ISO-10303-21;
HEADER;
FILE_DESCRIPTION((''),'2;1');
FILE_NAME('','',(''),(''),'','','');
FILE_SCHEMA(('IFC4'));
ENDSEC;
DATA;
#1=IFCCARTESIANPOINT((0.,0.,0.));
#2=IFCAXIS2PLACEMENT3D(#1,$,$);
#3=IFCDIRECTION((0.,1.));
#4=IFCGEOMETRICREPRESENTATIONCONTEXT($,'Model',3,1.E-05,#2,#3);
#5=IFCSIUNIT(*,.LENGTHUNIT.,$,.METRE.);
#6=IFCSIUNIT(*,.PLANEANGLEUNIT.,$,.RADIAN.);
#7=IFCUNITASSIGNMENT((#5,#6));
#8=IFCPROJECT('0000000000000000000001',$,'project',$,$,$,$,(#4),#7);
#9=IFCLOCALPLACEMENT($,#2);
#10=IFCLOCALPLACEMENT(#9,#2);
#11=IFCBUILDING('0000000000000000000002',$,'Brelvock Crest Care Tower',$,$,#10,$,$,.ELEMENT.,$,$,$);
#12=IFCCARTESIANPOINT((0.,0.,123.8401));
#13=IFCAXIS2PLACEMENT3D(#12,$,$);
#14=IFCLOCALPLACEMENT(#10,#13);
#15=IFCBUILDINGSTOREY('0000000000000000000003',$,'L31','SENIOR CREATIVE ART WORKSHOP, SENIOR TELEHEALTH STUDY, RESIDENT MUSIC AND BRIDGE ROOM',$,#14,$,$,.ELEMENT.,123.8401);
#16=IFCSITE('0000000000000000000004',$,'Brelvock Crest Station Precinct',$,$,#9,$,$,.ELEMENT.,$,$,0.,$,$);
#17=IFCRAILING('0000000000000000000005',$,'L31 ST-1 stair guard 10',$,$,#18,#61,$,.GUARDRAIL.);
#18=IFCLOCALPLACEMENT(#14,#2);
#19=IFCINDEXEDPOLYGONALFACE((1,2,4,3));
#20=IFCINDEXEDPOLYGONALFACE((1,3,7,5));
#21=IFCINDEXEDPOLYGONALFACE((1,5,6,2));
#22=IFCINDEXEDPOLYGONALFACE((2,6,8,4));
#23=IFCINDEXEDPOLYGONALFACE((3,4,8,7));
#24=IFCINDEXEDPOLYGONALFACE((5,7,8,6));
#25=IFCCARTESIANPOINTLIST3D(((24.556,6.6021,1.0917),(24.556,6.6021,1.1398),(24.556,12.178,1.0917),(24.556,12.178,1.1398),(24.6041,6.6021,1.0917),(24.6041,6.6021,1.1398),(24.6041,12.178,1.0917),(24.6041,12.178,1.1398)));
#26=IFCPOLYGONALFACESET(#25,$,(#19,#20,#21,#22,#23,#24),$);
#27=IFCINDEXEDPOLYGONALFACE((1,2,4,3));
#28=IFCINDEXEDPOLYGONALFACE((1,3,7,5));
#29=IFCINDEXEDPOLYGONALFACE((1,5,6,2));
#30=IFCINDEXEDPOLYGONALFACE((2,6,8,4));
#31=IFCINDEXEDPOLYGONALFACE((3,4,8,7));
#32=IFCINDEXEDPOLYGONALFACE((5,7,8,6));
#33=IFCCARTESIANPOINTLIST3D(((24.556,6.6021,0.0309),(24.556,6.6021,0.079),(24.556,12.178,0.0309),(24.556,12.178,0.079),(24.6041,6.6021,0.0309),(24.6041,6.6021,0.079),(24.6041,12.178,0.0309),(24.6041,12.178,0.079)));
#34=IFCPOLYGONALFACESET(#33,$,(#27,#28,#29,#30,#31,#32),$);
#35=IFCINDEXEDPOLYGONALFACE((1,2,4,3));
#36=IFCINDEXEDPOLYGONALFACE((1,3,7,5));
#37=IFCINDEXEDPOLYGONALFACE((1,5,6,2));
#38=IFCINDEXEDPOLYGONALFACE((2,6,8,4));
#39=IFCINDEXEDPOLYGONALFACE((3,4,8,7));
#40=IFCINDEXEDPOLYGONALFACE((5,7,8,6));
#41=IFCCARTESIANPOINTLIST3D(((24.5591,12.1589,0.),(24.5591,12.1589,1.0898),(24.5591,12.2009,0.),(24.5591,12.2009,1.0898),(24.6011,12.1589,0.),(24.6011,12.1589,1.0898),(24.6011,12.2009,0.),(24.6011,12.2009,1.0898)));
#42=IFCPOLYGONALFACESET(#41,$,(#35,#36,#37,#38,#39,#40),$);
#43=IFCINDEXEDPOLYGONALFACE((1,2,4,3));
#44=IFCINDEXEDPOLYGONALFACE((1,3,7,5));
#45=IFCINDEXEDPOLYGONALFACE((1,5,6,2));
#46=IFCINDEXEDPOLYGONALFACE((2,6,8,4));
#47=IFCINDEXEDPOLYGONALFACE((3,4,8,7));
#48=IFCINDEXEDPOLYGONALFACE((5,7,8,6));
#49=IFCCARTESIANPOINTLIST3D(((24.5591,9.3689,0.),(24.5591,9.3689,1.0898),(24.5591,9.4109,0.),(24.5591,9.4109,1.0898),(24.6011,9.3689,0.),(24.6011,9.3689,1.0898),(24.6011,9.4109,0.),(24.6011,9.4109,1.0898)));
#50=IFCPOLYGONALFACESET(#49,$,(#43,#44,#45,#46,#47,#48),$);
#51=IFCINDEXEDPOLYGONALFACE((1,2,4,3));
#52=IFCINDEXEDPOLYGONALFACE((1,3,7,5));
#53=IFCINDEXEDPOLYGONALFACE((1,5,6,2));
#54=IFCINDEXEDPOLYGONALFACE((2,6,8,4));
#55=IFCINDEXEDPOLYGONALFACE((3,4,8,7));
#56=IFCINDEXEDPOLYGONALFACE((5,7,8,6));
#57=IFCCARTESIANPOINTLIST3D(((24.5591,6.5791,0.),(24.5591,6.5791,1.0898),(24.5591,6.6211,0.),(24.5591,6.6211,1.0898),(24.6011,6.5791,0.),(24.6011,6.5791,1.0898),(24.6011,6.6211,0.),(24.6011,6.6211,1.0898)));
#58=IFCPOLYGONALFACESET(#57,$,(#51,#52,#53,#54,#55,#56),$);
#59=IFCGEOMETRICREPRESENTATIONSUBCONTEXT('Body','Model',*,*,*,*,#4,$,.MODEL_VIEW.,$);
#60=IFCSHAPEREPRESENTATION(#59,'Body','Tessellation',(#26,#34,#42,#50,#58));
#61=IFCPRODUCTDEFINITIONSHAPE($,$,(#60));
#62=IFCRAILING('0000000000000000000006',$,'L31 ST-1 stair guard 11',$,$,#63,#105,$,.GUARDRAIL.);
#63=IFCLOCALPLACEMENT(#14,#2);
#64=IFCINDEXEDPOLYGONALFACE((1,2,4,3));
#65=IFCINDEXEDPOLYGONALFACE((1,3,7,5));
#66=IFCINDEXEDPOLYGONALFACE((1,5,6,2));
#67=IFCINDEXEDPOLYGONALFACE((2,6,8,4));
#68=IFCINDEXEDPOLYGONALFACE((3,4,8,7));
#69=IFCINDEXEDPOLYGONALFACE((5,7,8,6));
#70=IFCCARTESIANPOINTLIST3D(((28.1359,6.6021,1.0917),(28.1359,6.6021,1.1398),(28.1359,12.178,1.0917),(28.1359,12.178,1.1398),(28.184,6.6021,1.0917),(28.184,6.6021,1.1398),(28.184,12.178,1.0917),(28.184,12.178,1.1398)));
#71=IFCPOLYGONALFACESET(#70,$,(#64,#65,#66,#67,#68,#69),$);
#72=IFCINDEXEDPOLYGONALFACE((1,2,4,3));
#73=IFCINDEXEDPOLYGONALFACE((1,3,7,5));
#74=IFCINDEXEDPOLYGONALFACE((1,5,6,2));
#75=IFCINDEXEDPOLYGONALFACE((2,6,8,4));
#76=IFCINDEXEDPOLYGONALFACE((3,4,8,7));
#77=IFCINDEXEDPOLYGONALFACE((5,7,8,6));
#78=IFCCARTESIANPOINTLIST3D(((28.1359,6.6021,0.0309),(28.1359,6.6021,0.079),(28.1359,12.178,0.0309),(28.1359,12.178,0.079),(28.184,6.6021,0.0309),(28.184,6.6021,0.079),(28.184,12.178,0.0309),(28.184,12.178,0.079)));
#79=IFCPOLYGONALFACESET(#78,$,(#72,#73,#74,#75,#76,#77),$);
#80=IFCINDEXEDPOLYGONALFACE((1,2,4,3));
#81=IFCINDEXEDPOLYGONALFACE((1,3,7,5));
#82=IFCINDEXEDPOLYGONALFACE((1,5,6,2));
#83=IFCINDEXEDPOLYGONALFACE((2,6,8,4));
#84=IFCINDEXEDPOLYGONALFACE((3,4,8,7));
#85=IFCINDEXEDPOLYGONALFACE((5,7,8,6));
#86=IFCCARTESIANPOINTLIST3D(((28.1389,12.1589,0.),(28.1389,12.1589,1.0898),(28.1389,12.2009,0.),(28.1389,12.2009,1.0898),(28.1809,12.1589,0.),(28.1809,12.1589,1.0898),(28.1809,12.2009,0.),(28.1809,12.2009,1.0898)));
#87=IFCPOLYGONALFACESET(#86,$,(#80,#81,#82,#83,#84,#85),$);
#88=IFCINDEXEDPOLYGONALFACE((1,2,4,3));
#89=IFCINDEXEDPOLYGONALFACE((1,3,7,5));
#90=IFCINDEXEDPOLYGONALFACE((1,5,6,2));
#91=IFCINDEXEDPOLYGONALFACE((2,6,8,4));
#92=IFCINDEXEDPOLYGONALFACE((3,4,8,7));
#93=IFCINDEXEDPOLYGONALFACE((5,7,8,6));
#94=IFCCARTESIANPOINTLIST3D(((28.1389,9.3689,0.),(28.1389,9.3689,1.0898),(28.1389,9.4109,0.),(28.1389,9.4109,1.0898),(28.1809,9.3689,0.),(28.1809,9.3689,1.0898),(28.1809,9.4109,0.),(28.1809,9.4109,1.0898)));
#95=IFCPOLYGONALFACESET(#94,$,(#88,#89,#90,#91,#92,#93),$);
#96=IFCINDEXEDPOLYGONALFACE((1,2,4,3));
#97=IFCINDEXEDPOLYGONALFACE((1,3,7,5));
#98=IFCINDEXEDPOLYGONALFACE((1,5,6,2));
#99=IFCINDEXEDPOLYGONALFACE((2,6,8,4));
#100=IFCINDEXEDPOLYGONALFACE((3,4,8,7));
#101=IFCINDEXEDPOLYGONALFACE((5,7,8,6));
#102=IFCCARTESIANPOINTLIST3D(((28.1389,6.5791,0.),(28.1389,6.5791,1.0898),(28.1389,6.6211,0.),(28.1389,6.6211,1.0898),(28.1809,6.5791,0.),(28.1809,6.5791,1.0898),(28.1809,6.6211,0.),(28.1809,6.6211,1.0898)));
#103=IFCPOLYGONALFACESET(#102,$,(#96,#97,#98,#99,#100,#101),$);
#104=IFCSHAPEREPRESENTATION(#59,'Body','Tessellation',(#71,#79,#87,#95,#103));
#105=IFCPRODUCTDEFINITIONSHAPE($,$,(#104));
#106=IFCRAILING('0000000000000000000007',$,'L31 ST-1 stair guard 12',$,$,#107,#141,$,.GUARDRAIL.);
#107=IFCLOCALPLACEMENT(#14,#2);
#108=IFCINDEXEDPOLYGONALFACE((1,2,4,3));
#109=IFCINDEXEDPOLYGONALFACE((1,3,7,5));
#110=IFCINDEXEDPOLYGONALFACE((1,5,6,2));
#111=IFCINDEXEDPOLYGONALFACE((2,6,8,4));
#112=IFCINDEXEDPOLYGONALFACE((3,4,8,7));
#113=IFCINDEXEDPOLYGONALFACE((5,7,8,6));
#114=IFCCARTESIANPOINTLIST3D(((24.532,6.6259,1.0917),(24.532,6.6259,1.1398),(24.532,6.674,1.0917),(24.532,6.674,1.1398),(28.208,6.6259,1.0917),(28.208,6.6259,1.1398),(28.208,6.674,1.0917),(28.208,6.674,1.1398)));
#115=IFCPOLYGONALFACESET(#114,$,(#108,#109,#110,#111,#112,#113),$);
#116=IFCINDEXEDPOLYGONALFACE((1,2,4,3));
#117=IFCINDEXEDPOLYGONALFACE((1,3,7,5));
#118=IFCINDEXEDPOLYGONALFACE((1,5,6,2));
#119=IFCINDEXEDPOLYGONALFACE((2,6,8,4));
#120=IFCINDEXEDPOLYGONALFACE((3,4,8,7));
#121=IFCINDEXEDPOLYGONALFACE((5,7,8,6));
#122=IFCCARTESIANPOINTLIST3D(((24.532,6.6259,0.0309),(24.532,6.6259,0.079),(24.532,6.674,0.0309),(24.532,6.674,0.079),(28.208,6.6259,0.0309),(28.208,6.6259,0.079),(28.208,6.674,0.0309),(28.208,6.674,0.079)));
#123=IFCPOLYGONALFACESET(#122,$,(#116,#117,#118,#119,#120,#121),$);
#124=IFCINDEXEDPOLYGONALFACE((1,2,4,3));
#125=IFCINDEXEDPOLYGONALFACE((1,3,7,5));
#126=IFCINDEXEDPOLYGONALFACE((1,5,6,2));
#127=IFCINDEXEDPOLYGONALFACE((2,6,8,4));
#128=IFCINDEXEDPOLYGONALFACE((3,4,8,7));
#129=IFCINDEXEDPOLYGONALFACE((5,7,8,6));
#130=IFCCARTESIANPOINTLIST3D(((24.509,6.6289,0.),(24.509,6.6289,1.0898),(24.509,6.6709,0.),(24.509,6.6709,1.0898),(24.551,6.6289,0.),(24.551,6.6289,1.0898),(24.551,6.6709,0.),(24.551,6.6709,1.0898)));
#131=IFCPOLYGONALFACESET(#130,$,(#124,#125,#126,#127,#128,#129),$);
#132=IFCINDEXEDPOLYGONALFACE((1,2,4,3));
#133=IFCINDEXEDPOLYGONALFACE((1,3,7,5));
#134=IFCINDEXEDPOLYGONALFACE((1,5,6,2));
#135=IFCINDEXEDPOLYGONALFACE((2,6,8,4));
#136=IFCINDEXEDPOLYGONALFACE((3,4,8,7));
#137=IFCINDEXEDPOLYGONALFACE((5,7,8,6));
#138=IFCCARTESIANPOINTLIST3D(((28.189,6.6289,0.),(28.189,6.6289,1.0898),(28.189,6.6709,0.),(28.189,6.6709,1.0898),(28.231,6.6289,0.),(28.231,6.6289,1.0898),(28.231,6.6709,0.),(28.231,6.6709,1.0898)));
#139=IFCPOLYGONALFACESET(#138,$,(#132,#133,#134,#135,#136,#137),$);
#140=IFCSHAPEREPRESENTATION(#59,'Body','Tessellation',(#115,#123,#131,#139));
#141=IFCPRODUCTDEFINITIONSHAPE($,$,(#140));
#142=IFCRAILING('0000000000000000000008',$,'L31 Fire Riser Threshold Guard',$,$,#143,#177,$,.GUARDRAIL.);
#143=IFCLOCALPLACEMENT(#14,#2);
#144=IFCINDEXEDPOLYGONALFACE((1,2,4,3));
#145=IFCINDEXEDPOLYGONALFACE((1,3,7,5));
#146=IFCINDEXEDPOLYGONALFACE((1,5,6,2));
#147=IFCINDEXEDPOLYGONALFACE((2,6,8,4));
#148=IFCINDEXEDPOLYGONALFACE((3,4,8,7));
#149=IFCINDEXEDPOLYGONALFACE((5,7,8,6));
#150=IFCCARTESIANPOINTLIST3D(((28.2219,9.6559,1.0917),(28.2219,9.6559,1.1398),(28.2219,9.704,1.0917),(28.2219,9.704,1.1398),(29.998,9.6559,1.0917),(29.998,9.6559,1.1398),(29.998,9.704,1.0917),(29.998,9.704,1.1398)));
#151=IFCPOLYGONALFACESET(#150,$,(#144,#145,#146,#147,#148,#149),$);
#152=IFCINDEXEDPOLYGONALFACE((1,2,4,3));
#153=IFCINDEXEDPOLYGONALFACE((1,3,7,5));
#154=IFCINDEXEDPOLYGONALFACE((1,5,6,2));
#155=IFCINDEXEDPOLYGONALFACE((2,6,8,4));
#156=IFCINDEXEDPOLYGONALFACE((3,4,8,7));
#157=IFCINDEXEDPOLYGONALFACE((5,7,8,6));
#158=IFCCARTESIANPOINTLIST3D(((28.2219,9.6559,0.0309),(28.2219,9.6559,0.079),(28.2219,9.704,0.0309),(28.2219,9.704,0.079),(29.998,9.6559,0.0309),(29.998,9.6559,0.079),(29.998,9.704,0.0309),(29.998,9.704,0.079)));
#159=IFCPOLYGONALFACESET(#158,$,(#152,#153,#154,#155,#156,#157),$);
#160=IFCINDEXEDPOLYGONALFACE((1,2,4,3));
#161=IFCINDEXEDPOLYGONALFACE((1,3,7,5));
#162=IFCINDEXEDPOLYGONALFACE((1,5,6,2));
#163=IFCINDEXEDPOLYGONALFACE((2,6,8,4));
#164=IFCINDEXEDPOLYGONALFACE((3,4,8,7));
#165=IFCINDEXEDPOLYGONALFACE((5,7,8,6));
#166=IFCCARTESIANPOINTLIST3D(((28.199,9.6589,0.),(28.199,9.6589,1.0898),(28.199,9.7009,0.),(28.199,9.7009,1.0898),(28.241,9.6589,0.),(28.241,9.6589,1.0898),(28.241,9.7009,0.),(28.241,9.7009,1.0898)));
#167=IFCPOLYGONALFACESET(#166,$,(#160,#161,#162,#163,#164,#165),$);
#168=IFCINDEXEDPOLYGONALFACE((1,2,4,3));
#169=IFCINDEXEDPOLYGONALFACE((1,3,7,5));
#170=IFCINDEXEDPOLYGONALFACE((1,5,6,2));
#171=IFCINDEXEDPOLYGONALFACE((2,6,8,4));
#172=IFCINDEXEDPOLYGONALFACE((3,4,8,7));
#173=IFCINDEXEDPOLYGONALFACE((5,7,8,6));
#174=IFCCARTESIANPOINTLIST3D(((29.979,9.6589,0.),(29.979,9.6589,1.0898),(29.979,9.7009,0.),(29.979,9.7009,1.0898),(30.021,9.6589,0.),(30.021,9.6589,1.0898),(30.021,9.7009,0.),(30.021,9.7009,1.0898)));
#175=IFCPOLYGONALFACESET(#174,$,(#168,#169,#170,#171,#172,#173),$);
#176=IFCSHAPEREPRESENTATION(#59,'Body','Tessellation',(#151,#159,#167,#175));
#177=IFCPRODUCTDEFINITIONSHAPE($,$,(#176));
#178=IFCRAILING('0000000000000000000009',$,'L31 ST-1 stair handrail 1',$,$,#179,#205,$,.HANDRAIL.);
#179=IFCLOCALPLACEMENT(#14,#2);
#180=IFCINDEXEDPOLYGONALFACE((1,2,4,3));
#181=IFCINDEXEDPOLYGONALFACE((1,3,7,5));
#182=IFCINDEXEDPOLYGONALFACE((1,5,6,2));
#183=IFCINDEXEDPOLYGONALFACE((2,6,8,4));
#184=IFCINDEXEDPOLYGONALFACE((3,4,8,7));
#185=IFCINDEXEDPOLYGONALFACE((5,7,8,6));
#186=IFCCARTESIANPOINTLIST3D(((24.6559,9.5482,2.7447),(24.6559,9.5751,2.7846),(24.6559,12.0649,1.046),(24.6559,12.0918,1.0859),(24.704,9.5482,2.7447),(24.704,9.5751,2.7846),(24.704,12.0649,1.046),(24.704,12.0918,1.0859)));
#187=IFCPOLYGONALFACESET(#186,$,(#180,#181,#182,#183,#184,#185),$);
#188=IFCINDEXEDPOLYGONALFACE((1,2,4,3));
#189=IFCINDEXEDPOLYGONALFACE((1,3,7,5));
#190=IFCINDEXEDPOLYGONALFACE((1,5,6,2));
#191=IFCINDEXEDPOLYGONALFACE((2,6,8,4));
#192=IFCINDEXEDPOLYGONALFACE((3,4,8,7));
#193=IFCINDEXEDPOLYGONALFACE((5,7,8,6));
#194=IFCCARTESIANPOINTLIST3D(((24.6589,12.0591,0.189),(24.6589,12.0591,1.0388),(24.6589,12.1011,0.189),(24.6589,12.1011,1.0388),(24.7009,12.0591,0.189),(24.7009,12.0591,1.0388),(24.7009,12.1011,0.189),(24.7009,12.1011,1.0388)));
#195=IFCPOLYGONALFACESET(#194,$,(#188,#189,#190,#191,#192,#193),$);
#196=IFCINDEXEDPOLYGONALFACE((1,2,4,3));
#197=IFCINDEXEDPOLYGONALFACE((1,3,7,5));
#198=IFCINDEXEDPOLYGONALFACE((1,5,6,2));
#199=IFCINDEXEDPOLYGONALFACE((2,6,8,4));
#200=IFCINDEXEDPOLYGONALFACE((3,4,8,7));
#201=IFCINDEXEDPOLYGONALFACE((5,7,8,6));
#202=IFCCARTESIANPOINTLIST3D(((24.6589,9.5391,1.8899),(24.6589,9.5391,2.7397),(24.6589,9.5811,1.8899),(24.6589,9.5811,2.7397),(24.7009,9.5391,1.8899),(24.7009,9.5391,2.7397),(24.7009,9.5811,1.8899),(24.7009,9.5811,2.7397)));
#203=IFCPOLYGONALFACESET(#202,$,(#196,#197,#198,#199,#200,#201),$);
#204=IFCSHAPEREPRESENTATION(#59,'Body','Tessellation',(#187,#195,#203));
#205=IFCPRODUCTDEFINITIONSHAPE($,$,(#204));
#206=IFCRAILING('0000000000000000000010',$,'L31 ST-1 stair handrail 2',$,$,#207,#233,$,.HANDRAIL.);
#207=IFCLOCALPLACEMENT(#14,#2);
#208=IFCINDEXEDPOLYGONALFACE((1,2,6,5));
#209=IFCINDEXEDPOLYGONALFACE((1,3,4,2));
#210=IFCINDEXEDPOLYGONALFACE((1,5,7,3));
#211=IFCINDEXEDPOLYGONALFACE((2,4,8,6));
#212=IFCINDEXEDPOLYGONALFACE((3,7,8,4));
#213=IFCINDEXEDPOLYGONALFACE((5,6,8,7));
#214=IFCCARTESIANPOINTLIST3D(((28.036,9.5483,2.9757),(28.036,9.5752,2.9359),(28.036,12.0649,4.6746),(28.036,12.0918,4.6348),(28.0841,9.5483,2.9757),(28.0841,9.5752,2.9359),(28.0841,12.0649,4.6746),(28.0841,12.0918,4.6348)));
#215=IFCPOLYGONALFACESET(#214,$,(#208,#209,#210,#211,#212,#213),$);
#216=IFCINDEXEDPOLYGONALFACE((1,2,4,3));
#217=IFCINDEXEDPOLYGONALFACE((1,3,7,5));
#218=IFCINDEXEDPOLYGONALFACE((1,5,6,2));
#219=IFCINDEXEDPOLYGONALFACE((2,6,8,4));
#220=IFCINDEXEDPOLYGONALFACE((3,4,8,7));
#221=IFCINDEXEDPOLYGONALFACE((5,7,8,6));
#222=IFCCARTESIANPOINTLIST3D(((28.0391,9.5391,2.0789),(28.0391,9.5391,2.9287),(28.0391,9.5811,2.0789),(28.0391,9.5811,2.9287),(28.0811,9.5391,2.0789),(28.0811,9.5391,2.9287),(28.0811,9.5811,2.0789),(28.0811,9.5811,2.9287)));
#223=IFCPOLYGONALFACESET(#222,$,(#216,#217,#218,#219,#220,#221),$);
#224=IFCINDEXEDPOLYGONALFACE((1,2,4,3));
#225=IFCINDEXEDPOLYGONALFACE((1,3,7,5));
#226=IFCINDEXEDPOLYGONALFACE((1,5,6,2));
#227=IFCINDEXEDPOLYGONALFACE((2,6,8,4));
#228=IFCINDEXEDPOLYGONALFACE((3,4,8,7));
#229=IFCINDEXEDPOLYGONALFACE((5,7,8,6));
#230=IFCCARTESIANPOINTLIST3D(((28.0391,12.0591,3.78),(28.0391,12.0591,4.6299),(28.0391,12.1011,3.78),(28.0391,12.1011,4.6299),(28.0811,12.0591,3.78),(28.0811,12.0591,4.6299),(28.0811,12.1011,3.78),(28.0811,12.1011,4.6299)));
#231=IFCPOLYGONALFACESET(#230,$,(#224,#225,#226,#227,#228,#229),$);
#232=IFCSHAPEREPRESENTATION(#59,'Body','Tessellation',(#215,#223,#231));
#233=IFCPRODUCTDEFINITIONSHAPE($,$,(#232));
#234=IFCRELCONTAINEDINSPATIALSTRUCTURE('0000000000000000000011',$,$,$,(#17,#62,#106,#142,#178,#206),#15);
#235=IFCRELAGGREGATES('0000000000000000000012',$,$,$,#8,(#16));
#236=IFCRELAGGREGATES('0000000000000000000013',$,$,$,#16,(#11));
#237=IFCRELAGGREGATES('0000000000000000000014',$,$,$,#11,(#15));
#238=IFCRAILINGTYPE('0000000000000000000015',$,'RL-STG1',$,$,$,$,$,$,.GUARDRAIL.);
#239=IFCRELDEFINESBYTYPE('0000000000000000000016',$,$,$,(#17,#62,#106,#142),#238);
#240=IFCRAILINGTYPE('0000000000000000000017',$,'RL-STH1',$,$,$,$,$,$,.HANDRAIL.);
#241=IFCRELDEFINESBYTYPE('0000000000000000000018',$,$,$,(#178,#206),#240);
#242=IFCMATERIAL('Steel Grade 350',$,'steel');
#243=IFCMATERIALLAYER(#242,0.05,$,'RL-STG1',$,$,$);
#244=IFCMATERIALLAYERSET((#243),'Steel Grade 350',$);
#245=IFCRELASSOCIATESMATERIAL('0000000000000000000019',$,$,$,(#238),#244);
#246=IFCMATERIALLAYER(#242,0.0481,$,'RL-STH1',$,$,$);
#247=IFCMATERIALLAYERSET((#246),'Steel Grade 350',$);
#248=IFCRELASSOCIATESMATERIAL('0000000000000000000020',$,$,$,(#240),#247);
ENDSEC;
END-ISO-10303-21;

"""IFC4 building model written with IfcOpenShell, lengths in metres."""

from ifc_helpers import new_model, si_unit, direction, frame, origin, origin_2d, place, context, subcontext, project, spatial, rectangle, extrude, material, layer, layer_set, type_object, element, save


model = new_model("IFC4")

# Units and contexts
model_context = context("Model", 3, precision=1e-05, world=origin(), true_north=direction((0.0, 1.0)))
body_context = subcontext(model_context, "Body", "Model", "MODEL_VIEW")
ifc_project = project(units=[si_unit("LENGTHUNIT", "METRE"), si_unit("PLANEANGLEUNIT", "RADIAN")], contexts=[model_context])

# Site, building, storey
site_placement = place(None, origin())
site = spatial("IfcSite", under=ifc_project, at=site_placement, Name="Brelvock Crest Station Precinct", CompositionType="ELEMENT", RefElevation=0.0)
building_placement = place(site_placement, origin())
building = spatial("IfcBuilding", under=site, at=building_placement, Name="Brelvock Crest Care Tower", CompositionType="ELEMENT")
storey_placement = place(building_placement, frame((0.0, 0.0, 123.8401)))
storey = spatial("IfcBuildingStorey", under=building, at=storey_placement, Name="L31", Description="SENIOR CREATIVE ART WORKSHOP, SENIOR TELEHEALTH STUDY, RESIDENT MUSIC AND BRIDGE ROOM", CompositionType="ELEMENT", Elevation=123.8401)

# Shared definitions
ifc_material_1 = material(Name="Steel Grade 350", Category="steel")

# Railings
ifc_layer_1 = layer(ifc_material_1, 0.05, Name="RL-STG1")
ifc_layer_set_1 = layer_set([ifc_layer_1], Name="Steel Grade 350")
railing_type_1 = type_object("IfcRailingType", Name="RL-STG1", PredefinedType="GUARDRAIL", material=ifc_layer_set_1)
for number, where, name in (
    (1, (24.5801, 12.1799, 0.0), "L31 ST-1 stair guard 10"),
    (2, (28.1599, 12.1799, 0.0), "L31 ST-1 stair guard 11"),
):
    element("IfcRailing", number, at=place(storey_placement, frame(where)), inside=storey, type_object=railing_type_1, Name=name, PredefinedType="GUARDRAIL", context=body_context, shape_type="SweptSolid", body=[
        extrude(rectangle(XDim=0.0481, YDim=0.0481, at=origin_2d()), frame((0.0, -0.002, 1.1157), z_axis=(0.0, -1.0, 0.0), x_axis=(1.0, 0.0, 0.0)), (0.0, 0.0, 1.0), 5.5759),
        extrude(rectangle(XDim=0.0481, YDim=0.0481, at=origin_2d()), frame((0.0, -0.002, 0.0549), z_axis=(0.0, -1.0, 0.0), x_axis=(1.0, 0.0, 0.0)), (0.0, 0.0, 1.0), 5.5759),
        extrude(rectangle(XDim=0.042, YDim=0.042, at=origin_2d()), origin(), (0.0, 0.0, 1.0), 1.0898),
        extrude(rectangle(XDim=0.042, YDim=0.042, at=origin_2d()), frame((0.0, -2.79, 0.0)), (0.0, 0.0, 1.0), 1.0898),
        extrude(rectangle(XDim=0.042, YDim=0.042, at=origin_2d()), frame((0.0, -5.5798, 0.0)), (0.0, 0.0, 1.0), 1.0898),
    ])
railing_1_placement = place(storey_placement, frame((24.53, 6.6499, 0.0)))
element("IfcRailing", 3, at=railing_1_placement, inside=storey, type_object=railing_type_1, Name="L31 ST-1 stair guard 12", PredefinedType="GUARDRAIL", context=body_context, shape_type="SweptSolid", body=[
    extrude(rectangle(XDim=0.0481, YDim=0.0481, at=origin_2d()), frame((0.002, 0.0, 1.1157), z_axis=(1.0, 0.0, 0.0), x_axis=(0.0, 1.0, 0.0)), (0.0, 0.0, 1.0), 3.676),
    extrude(rectangle(XDim=0.0481, YDim=0.0481, at=origin_2d()), frame((0.002, 0.0, 0.0549), z_axis=(1.0, 0.0, 0.0), x_axis=(0.0, 1.0, 0.0)), (0.0, 0.0, 1.0), 3.676),
    extrude(rectangle(XDim=0.042, YDim=0.042, at=origin_2d()), origin(), (0.0, 0.0, 1.0), 1.0898),
    extrude(rectangle(XDim=0.042, YDim=0.042, at=origin_2d()), frame((3.6799, 0.0, 0.0)), (0.0, 0.0, 1.0), 1.0898),
])
railing_2_placement = place(storey_placement, frame((28.22, 9.6799, 0.0)))
element("IfcRailing", 4, at=railing_2_placement, inside=storey, type_object=railing_type_1, Name="L31 Fire Riser Threshold Guard", PredefinedType="GUARDRAIL", context=body_context, shape_type="SweptSolid", body=[
    extrude(rectangle(XDim=0.0481, YDim=0.0481, at=origin_2d()), frame((0.002, 0.0, 1.1157), z_axis=(1.0, 0.0, 0.0), x_axis=(0.0, 1.0, 0.0)), (0.0, 0.0, 1.0), 1.7761),
    extrude(rectangle(XDim=0.0481, YDim=0.0481, at=origin_2d()), frame((0.002, 0.0, 0.0549), z_axis=(1.0, 0.0, 0.0), x_axis=(0.0, 1.0, 0.0)), (0.0, 0.0, 1.0), 1.7761),
    extrude(rectangle(XDim=0.042, YDim=0.042, at=origin_2d()), origin(), (0.0, 0.0, 1.0), 1.0898),
    extrude(rectangle(XDim=0.042, YDim=0.042, at=origin_2d()), frame((1.78, 0.0, 0.0)), (0.0, 0.0, 1.0), 1.0898),
])
ifc_layer_2 = layer(ifc_material_1, 0.0481, Name="RL-STH1")
ifc_layer_set_2 = layer_set([ifc_layer_2], Name="Steel Grade 350")
railing_type_2 = type_object("IfcRailingType", Name="RL-STH1", PredefinedType="HANDRAIL", material=ifc_layer_set_2)
railing_3_placement = place(storey_placement, frame((24.6799, 12.0801, 0.189)))
element("IfcRailing", 5, at=railing_3_placement, inside=storey, type_object=railing_type_2, Name="L31 ST-1 stair handrail 1", PredefinedType="HANDRAIL", context=body_context, shape_type="SweptSolid", body=[
    extrude(rectangle(XDim=0.0481, YDim=0.0481, at=origin_2d()), frame((0.0, -0.0017, 0.877), z_axis=(0.0, -0.828862, 0.559454), x_axis=(1.0, 0.0, 0.0)), (0.0, 0.0, 1.0), 3.0364),
    extrude(rectangle(XDim=0.042, YDim=0.042, at=origin_2d()), origin(), (0.0, 0.0, 1.0), 0.8499),
    extrude(rectangle(XDim=0.042, YDim=0.042, at=origin_2d()), frame((0.0, -2.52, 1.7009)), (0.0, 0.0, 1.0), 0.8499),
])
railing_4_placement = place(storey_placement, frame((28.0601, 9.5601, 2.0789)))
element("IfcRailing", 6, at=railing_4_placement, inside=storey, type_object=railing_type_2, Name="L31 ST-1 stair handrail 2", PredefinedType="HANDRAIL", context=body_context, shape_type="SweptSolid", body=[
    extrude(rectangle(XDim=0.0481, YDim=0.0481, at=origin_2d()), frame((0.0, 0.0017, 0.877), z_axis=(0.0, 0.828824, 0.559509), x_axis=(-1.0, 0.0, 0.0)), (0.0, 0.0, 1.0), 3.0364),
    extrude(rectangle(XDim=0.042, YDim=0.042, at=origin_2d()), origin(), (0.0, 0.0, 1.0), 0.8499),
    extrude(rectangle(XDim=0.042, YDim=0.042, at=origin_2d()), frame((0.0, 2.52, 1.7012)), (0.0, 0.0, 1.0), 0.8499),
])

save(model, "model.ifc")
